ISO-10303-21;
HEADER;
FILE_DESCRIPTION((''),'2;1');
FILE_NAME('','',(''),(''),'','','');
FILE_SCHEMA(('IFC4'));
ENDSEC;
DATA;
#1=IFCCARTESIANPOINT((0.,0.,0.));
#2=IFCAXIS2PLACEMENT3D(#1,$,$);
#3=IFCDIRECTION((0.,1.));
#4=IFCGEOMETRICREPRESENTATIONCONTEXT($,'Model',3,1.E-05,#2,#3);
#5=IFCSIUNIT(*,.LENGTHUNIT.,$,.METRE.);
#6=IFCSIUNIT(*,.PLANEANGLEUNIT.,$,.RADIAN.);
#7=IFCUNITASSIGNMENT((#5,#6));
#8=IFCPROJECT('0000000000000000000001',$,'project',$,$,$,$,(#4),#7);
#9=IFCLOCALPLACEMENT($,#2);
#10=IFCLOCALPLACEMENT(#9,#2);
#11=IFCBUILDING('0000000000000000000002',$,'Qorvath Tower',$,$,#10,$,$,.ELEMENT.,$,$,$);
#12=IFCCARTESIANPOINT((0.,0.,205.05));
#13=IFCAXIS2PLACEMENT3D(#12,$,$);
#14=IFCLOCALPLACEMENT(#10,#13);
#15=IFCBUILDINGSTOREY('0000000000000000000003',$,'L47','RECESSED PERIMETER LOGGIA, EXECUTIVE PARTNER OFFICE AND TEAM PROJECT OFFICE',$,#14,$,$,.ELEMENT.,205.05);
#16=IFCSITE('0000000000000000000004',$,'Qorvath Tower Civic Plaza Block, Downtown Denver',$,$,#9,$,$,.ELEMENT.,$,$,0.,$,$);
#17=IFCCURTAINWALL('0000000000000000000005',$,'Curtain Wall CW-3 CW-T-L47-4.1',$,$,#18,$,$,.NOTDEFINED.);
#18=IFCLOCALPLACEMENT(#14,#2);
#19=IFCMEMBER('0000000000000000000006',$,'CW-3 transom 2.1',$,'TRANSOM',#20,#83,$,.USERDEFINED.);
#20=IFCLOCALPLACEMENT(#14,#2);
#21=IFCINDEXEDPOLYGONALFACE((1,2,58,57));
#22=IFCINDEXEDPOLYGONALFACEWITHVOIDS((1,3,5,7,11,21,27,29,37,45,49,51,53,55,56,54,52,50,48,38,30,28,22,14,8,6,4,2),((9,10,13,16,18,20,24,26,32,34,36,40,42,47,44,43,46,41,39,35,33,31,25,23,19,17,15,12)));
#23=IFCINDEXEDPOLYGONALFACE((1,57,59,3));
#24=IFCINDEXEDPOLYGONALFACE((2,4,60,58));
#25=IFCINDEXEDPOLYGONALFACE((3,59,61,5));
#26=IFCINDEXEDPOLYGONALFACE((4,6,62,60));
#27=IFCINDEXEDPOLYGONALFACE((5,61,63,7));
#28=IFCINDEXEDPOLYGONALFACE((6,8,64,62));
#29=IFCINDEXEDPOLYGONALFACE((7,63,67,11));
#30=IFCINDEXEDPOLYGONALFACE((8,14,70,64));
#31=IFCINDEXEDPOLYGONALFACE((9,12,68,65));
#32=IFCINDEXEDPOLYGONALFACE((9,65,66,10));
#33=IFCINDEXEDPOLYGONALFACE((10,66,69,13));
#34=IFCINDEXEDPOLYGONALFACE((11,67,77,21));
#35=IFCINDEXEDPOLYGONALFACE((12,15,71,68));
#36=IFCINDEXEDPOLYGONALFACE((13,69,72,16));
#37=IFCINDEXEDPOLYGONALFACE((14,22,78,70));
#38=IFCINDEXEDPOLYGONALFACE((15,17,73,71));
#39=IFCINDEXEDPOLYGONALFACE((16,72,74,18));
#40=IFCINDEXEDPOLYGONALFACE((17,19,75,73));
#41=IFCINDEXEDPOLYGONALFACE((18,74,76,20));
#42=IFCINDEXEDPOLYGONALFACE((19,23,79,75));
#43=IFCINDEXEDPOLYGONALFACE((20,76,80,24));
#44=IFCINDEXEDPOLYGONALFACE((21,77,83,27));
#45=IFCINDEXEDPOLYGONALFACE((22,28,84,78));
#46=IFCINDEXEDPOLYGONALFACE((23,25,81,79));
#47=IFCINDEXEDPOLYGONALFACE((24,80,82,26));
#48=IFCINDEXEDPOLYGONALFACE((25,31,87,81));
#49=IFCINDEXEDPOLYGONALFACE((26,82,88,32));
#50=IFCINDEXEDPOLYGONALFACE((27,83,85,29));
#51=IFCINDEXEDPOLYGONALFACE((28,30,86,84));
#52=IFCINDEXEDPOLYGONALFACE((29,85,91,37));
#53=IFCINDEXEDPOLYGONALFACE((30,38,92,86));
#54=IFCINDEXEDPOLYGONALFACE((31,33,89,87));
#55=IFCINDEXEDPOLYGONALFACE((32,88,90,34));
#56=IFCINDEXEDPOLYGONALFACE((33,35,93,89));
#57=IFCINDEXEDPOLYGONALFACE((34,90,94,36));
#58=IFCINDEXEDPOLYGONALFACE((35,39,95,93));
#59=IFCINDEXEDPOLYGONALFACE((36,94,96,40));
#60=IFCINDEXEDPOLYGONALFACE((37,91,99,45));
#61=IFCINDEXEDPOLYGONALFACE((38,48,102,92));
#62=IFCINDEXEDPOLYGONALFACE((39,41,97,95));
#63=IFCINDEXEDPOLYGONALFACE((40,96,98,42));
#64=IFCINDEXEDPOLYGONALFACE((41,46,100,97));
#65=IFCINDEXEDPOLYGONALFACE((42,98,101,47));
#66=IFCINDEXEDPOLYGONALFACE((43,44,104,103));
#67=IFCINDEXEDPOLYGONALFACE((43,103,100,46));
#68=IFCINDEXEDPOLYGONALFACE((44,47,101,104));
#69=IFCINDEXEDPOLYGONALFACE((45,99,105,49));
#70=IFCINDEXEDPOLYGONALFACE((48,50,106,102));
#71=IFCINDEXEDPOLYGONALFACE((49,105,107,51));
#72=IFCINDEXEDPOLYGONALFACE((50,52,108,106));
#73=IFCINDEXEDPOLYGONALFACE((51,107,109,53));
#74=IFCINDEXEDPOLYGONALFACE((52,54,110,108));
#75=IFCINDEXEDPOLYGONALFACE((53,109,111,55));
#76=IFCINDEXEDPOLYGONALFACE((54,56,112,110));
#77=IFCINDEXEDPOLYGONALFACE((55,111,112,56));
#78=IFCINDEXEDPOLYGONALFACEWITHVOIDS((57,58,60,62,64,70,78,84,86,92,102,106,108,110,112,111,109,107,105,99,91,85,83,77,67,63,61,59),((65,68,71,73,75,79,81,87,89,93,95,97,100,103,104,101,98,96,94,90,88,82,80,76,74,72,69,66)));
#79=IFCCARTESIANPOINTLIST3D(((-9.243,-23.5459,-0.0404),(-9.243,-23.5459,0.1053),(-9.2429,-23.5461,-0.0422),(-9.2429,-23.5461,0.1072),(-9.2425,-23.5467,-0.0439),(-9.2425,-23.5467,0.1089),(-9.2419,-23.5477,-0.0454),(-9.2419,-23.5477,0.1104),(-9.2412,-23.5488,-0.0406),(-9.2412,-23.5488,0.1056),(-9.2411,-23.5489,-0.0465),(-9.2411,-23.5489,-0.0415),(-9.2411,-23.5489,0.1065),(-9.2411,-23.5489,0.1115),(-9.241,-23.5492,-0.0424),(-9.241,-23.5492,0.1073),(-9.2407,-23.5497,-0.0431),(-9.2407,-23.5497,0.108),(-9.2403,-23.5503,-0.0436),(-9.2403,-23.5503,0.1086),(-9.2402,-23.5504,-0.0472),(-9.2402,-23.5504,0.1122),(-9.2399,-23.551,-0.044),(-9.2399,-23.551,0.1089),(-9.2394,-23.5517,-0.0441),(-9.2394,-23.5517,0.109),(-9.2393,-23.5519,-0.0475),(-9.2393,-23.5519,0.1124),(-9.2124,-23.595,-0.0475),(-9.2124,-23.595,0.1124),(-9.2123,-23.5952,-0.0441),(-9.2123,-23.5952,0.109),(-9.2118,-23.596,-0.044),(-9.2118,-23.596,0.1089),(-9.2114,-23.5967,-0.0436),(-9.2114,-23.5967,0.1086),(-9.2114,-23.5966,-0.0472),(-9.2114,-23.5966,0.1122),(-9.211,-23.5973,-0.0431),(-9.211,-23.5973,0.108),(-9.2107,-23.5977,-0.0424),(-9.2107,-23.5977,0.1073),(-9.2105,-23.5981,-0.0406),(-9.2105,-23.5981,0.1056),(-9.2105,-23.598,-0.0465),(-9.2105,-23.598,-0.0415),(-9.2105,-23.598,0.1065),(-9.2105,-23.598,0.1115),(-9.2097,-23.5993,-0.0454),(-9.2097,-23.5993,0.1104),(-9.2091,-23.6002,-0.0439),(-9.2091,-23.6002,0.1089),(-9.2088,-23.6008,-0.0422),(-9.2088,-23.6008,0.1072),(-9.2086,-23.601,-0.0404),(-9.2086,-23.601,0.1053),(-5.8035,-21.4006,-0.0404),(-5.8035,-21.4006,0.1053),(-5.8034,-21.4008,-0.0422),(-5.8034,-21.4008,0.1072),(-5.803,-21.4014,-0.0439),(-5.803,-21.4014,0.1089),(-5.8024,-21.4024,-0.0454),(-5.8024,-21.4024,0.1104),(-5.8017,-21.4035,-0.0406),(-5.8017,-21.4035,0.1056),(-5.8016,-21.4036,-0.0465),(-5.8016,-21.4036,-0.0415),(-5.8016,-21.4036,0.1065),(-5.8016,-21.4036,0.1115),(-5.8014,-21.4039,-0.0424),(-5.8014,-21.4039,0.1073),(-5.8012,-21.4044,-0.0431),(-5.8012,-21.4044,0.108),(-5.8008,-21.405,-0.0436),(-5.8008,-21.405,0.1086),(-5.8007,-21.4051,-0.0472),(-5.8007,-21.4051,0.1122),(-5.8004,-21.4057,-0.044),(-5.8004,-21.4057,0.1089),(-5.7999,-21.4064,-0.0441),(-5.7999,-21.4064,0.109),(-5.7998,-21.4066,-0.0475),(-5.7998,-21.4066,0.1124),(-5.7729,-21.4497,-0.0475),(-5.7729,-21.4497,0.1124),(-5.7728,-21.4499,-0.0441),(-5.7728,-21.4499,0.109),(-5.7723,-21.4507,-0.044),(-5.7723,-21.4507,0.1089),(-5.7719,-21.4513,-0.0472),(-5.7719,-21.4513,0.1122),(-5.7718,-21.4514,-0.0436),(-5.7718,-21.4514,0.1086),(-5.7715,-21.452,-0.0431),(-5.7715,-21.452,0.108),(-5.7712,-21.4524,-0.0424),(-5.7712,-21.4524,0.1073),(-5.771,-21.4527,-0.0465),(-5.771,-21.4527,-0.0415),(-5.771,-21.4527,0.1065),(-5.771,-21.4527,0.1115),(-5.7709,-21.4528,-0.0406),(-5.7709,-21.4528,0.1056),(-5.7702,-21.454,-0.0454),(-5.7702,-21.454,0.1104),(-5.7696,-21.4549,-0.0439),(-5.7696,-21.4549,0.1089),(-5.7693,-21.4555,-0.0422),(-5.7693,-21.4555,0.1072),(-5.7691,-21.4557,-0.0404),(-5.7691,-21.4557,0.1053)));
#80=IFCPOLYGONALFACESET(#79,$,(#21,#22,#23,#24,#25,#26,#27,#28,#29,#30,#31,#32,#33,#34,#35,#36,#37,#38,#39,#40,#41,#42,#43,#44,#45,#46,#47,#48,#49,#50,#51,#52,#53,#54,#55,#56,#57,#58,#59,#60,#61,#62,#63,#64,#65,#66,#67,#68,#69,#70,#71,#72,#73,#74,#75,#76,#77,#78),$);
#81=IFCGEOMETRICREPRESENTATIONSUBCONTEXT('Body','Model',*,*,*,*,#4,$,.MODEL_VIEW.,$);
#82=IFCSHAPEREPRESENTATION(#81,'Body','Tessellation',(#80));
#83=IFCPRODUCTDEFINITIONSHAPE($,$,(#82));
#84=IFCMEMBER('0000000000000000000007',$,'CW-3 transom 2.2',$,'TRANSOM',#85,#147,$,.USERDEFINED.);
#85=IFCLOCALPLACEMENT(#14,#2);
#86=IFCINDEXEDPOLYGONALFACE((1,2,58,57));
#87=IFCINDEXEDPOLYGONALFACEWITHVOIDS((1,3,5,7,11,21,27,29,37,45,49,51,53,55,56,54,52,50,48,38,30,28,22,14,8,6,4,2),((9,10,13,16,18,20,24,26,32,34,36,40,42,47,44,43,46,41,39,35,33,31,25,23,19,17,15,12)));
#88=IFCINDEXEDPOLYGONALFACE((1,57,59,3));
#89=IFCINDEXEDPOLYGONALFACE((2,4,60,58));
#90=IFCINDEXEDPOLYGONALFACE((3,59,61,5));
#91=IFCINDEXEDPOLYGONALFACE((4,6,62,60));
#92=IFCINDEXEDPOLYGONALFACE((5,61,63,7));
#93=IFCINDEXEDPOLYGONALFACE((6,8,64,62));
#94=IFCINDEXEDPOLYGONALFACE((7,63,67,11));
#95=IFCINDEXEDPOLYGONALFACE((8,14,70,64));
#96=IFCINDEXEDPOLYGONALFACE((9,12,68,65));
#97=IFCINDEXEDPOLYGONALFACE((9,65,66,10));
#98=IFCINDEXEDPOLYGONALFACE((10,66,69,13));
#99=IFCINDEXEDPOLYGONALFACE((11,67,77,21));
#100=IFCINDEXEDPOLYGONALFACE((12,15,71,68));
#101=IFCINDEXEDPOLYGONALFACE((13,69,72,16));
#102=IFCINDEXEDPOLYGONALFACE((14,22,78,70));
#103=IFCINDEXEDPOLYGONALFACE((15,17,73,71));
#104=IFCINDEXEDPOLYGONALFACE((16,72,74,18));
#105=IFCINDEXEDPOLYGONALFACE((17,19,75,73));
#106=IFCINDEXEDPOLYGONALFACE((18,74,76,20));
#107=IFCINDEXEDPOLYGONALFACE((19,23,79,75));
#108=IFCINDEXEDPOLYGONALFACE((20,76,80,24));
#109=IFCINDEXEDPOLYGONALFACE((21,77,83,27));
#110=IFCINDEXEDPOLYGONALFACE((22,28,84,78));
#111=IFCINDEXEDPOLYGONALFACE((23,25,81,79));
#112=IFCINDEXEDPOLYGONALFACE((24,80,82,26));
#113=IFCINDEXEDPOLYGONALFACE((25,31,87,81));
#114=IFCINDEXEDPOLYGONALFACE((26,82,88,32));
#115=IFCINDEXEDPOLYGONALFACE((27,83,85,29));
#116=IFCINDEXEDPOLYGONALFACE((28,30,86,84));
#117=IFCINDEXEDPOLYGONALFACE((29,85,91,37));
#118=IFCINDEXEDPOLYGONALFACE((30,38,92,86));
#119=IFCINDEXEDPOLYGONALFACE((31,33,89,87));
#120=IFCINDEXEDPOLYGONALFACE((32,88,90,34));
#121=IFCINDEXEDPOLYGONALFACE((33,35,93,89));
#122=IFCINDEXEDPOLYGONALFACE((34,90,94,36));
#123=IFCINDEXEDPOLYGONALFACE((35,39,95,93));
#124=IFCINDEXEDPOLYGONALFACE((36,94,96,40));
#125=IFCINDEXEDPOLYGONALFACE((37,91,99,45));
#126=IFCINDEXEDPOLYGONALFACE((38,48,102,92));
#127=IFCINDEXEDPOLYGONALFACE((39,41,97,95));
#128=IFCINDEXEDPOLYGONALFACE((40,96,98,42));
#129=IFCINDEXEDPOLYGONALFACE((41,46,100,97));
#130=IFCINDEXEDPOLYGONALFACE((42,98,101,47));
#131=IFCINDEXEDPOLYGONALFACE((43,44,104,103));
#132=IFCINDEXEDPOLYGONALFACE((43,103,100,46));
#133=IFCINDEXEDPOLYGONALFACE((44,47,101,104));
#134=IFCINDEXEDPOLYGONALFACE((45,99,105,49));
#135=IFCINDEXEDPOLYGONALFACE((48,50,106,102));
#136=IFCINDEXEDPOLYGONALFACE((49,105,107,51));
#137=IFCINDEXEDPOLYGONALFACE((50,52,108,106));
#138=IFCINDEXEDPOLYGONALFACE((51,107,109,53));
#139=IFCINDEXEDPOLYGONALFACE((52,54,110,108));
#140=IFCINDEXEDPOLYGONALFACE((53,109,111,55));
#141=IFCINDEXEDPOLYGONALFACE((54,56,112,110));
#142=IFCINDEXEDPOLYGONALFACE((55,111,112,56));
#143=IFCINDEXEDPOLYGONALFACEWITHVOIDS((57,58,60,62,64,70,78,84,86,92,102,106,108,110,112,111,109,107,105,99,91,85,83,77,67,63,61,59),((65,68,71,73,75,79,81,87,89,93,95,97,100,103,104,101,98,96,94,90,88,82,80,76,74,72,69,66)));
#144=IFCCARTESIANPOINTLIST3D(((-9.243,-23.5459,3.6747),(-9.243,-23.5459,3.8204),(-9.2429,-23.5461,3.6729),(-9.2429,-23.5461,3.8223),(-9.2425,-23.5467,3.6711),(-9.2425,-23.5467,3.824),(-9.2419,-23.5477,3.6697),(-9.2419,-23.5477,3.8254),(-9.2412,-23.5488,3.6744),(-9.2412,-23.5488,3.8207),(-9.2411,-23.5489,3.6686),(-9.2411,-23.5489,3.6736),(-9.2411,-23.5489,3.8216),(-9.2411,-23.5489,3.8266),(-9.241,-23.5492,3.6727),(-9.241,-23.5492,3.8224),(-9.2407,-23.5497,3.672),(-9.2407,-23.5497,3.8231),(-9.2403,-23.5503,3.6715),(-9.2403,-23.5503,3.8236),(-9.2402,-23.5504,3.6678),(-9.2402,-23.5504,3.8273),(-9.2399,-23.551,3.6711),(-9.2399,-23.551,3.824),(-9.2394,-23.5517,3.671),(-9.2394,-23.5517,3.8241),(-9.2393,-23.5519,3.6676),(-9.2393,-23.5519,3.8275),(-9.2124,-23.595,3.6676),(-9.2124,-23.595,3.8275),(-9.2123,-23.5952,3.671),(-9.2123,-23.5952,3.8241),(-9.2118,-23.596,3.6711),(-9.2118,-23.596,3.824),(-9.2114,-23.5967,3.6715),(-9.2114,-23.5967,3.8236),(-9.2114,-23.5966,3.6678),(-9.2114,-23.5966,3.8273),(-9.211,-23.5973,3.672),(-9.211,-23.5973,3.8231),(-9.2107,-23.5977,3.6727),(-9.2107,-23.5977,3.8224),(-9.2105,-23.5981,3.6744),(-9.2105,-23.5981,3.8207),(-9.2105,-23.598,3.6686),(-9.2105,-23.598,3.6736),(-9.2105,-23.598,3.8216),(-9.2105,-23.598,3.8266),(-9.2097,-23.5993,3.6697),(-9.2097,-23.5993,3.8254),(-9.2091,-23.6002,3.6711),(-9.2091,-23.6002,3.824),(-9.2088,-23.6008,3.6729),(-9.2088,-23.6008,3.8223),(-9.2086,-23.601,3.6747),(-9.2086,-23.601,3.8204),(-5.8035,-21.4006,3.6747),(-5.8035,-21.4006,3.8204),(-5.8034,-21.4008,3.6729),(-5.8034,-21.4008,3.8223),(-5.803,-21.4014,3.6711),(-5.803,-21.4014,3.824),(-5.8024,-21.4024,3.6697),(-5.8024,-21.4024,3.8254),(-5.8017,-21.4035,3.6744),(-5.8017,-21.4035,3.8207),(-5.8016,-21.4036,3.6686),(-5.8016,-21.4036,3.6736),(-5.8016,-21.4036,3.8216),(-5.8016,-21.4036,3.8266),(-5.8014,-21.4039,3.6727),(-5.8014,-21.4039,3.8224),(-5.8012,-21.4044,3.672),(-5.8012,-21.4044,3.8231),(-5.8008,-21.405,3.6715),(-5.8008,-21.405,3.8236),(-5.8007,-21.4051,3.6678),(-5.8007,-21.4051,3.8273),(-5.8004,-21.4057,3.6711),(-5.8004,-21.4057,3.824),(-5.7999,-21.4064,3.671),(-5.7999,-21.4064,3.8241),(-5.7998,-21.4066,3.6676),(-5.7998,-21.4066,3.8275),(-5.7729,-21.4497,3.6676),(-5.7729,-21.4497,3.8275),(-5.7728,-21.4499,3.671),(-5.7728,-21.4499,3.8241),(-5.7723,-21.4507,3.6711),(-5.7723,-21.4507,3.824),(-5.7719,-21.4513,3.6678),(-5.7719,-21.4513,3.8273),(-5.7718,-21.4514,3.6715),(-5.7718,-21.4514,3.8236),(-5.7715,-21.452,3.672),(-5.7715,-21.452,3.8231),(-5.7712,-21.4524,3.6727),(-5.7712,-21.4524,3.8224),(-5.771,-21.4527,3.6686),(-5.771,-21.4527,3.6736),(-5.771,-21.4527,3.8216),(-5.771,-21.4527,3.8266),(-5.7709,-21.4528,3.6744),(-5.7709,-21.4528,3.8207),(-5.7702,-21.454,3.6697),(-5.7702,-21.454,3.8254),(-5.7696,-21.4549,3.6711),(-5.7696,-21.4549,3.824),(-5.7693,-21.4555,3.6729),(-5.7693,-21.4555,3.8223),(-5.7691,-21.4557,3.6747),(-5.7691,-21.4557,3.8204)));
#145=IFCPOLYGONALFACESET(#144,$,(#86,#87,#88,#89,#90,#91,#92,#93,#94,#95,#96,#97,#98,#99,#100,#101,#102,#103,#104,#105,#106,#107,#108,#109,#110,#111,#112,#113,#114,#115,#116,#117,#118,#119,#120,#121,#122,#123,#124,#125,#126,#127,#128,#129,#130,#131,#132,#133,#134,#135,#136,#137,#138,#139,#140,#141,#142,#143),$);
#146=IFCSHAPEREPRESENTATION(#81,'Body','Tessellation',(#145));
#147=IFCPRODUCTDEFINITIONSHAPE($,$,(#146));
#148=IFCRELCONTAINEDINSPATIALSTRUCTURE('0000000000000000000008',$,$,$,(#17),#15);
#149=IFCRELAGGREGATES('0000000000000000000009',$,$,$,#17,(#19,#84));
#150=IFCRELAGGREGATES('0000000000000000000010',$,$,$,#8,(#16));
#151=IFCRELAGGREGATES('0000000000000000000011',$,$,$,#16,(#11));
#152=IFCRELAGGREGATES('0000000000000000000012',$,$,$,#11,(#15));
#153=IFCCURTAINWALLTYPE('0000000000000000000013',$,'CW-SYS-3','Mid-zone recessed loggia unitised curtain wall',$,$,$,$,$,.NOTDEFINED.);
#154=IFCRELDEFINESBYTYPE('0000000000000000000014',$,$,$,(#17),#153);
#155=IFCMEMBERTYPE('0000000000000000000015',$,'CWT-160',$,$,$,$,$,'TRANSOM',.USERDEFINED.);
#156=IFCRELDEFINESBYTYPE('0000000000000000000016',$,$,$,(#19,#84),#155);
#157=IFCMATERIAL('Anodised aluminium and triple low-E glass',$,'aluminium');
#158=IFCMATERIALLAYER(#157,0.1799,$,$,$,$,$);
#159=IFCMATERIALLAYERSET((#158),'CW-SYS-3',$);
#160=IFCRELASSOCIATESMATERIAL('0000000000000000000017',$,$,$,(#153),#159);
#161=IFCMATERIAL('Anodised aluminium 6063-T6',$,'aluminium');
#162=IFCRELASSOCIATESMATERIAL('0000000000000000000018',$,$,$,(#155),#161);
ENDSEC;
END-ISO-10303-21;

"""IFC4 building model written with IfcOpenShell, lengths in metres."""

from ifc_helpers import new_model, si_unit, direction, frame, origin, origin_2d, place, context, subcontext, project, spatial, hollow_rectangle, extrude, material, layer, layer_set, material_profile, profile_set, type_object, element, aggregate, save


model = new_model("IFC4")

# Units and contexts
model_context = context("Model", 3, precision=1e-05, world=origin(), true_north=direction((0.0, 1.0)))
body_context = subcontext(model_context, "Body", "Model", "MODEL_VIEW")
ifc_project = project(units=[si_unit("LENGTHUNIT", "METRE"), si_unit("PLANEANGLEUNIT", "RADIAN")], contexts=[model_context])

# Site, building, storey
site_placement = place(None, origin())
site = spatial("IfcSite", under=ifc_project, at=site_placement, Name="Qorvath Tower Civic Plaza Block, Downtown Denver", CompositionType="ELEMENT", RefElevation=0.0)
building_placement = place(site_placement, origin())
building = spatial("IfcBuilding", under=site, at=building_placement, Name="Qorvath Tower", CompositionType="ELEMENT")
storey_placement = place(building_placement, frame((0.0, 0.0, 205.05)))
storey = spatial("IfcBuildingStorey", under=building, at=storey_placement, Name="L47", Description="RECESSED PERIMETER LOGGIA, EXECUTIVE PARTNER OFFICE AND TEAM PROJECT OFFICE", CompositionType="ELEMENT", Elevation=205.05)

# Shared definitions
ifc_material_1 = material(Name="Anodised aluminium and triple low-E glass", Category="aluminium")
ifc_layer_1 = layer(ifc_material_1, 0.1799)
ifc_layer_set_1 = layer_set([ifc_layer_1], Name="CW-SYS-3")
curtain_wall_type = type_object("IfcCurtainWallType", Name="CW-SYS-3", Description="Mid-zone recessed loggia unitised curtain wall", PredefinedType="NOTDEFINED", material=ifc_layer_set_1)

# Curtain wall
curtain_wall_1_placement = place(storey_placement, origin())
curtain_wall_1 = element("IfcCurtainWall", 1, at=curtain_wall_1_placement, inside=storey, type_object=curtain_wall_type, Name="Curtain Wall CW-3 CW-T-L47-4.1", PredefinedType="NOTDEFINED")

# Members
ifc_material_2 = material(Name="Anodised aluminium 6063-T6", Category="aluminium")
ifc_material_profile_1 = material_profile(ifc_material_2, hollow_rectangle(XDim=0.0649, YDim=0.1599, WallThickness=0.0034, InnerFilletRadius=0.0034, OuterFilletRadius=0.0071, at=origin_2d()), Name="CWT 160x65")
ifc_profile_set_1 = profile_set([ifc_material_profile_1], Name="Anodised aluminium 6063-T6")
member_type_1 = type_object("IfcMemberType", Name="CWT-160", ElementType="TRANSOM", PredefinedType="USERDEFINED", material=ifc_profile_set_1)
member_1_placement = place(storey_placement, frame((-9.2258, -23.5735, 0.0325), z_axis=(0.848485, 0.529219, 0.0), x_axis=(-0.529219, 0.848485, 0.0)))
member_1 = element("IfcMember", 2, at=member_1_placement, type_object=member_type_1, Name="CW-3 transom 2.1", ObjectType="TRANSOM", PredefinedType="USERDEFINED", context=body_context, shape_type="SweptSolid", body=[
    extrude(hollow_rectangle(XDim=0.0649, YDim=0.1599, WallThickness=0.0034, InnerFilletRadius=0.0034, OuterFilletRadius=0.0071, at=origin_2d()), origin(), (0.0, 0.0, 1.0), 4.0537),
])
member_2_placement = place(storey_placement, frame((-9.2258, -23.5735, 3.7476), z_axis=(0.848485, 0.529219, 0.0), x_axis=(-0.529219, 0.848485, 0.0)))
member_2 = element("IfcMember", 3, at=member_2_placement, type_object=member_type_1, Name="CW-3 transom 2.2", ObjectType="TRANSOM", PredefinedType="USERDEFINED", context=body_context, shape_type="SweptSolid", body=[
    extrude(hollow_rectangle(XDim=0.0649, YDim=0.1599, WallThickness=0.0034, InnerFilletRadius=0.0034, OuterFilletRadius=0.0071, at=origin_2d()), origin(), (0.0, 0.0, 1.0), 4.0537),
])

aggregate(curtain_wall_1, [member_1, member_2])

save(model, "model.ifc")
